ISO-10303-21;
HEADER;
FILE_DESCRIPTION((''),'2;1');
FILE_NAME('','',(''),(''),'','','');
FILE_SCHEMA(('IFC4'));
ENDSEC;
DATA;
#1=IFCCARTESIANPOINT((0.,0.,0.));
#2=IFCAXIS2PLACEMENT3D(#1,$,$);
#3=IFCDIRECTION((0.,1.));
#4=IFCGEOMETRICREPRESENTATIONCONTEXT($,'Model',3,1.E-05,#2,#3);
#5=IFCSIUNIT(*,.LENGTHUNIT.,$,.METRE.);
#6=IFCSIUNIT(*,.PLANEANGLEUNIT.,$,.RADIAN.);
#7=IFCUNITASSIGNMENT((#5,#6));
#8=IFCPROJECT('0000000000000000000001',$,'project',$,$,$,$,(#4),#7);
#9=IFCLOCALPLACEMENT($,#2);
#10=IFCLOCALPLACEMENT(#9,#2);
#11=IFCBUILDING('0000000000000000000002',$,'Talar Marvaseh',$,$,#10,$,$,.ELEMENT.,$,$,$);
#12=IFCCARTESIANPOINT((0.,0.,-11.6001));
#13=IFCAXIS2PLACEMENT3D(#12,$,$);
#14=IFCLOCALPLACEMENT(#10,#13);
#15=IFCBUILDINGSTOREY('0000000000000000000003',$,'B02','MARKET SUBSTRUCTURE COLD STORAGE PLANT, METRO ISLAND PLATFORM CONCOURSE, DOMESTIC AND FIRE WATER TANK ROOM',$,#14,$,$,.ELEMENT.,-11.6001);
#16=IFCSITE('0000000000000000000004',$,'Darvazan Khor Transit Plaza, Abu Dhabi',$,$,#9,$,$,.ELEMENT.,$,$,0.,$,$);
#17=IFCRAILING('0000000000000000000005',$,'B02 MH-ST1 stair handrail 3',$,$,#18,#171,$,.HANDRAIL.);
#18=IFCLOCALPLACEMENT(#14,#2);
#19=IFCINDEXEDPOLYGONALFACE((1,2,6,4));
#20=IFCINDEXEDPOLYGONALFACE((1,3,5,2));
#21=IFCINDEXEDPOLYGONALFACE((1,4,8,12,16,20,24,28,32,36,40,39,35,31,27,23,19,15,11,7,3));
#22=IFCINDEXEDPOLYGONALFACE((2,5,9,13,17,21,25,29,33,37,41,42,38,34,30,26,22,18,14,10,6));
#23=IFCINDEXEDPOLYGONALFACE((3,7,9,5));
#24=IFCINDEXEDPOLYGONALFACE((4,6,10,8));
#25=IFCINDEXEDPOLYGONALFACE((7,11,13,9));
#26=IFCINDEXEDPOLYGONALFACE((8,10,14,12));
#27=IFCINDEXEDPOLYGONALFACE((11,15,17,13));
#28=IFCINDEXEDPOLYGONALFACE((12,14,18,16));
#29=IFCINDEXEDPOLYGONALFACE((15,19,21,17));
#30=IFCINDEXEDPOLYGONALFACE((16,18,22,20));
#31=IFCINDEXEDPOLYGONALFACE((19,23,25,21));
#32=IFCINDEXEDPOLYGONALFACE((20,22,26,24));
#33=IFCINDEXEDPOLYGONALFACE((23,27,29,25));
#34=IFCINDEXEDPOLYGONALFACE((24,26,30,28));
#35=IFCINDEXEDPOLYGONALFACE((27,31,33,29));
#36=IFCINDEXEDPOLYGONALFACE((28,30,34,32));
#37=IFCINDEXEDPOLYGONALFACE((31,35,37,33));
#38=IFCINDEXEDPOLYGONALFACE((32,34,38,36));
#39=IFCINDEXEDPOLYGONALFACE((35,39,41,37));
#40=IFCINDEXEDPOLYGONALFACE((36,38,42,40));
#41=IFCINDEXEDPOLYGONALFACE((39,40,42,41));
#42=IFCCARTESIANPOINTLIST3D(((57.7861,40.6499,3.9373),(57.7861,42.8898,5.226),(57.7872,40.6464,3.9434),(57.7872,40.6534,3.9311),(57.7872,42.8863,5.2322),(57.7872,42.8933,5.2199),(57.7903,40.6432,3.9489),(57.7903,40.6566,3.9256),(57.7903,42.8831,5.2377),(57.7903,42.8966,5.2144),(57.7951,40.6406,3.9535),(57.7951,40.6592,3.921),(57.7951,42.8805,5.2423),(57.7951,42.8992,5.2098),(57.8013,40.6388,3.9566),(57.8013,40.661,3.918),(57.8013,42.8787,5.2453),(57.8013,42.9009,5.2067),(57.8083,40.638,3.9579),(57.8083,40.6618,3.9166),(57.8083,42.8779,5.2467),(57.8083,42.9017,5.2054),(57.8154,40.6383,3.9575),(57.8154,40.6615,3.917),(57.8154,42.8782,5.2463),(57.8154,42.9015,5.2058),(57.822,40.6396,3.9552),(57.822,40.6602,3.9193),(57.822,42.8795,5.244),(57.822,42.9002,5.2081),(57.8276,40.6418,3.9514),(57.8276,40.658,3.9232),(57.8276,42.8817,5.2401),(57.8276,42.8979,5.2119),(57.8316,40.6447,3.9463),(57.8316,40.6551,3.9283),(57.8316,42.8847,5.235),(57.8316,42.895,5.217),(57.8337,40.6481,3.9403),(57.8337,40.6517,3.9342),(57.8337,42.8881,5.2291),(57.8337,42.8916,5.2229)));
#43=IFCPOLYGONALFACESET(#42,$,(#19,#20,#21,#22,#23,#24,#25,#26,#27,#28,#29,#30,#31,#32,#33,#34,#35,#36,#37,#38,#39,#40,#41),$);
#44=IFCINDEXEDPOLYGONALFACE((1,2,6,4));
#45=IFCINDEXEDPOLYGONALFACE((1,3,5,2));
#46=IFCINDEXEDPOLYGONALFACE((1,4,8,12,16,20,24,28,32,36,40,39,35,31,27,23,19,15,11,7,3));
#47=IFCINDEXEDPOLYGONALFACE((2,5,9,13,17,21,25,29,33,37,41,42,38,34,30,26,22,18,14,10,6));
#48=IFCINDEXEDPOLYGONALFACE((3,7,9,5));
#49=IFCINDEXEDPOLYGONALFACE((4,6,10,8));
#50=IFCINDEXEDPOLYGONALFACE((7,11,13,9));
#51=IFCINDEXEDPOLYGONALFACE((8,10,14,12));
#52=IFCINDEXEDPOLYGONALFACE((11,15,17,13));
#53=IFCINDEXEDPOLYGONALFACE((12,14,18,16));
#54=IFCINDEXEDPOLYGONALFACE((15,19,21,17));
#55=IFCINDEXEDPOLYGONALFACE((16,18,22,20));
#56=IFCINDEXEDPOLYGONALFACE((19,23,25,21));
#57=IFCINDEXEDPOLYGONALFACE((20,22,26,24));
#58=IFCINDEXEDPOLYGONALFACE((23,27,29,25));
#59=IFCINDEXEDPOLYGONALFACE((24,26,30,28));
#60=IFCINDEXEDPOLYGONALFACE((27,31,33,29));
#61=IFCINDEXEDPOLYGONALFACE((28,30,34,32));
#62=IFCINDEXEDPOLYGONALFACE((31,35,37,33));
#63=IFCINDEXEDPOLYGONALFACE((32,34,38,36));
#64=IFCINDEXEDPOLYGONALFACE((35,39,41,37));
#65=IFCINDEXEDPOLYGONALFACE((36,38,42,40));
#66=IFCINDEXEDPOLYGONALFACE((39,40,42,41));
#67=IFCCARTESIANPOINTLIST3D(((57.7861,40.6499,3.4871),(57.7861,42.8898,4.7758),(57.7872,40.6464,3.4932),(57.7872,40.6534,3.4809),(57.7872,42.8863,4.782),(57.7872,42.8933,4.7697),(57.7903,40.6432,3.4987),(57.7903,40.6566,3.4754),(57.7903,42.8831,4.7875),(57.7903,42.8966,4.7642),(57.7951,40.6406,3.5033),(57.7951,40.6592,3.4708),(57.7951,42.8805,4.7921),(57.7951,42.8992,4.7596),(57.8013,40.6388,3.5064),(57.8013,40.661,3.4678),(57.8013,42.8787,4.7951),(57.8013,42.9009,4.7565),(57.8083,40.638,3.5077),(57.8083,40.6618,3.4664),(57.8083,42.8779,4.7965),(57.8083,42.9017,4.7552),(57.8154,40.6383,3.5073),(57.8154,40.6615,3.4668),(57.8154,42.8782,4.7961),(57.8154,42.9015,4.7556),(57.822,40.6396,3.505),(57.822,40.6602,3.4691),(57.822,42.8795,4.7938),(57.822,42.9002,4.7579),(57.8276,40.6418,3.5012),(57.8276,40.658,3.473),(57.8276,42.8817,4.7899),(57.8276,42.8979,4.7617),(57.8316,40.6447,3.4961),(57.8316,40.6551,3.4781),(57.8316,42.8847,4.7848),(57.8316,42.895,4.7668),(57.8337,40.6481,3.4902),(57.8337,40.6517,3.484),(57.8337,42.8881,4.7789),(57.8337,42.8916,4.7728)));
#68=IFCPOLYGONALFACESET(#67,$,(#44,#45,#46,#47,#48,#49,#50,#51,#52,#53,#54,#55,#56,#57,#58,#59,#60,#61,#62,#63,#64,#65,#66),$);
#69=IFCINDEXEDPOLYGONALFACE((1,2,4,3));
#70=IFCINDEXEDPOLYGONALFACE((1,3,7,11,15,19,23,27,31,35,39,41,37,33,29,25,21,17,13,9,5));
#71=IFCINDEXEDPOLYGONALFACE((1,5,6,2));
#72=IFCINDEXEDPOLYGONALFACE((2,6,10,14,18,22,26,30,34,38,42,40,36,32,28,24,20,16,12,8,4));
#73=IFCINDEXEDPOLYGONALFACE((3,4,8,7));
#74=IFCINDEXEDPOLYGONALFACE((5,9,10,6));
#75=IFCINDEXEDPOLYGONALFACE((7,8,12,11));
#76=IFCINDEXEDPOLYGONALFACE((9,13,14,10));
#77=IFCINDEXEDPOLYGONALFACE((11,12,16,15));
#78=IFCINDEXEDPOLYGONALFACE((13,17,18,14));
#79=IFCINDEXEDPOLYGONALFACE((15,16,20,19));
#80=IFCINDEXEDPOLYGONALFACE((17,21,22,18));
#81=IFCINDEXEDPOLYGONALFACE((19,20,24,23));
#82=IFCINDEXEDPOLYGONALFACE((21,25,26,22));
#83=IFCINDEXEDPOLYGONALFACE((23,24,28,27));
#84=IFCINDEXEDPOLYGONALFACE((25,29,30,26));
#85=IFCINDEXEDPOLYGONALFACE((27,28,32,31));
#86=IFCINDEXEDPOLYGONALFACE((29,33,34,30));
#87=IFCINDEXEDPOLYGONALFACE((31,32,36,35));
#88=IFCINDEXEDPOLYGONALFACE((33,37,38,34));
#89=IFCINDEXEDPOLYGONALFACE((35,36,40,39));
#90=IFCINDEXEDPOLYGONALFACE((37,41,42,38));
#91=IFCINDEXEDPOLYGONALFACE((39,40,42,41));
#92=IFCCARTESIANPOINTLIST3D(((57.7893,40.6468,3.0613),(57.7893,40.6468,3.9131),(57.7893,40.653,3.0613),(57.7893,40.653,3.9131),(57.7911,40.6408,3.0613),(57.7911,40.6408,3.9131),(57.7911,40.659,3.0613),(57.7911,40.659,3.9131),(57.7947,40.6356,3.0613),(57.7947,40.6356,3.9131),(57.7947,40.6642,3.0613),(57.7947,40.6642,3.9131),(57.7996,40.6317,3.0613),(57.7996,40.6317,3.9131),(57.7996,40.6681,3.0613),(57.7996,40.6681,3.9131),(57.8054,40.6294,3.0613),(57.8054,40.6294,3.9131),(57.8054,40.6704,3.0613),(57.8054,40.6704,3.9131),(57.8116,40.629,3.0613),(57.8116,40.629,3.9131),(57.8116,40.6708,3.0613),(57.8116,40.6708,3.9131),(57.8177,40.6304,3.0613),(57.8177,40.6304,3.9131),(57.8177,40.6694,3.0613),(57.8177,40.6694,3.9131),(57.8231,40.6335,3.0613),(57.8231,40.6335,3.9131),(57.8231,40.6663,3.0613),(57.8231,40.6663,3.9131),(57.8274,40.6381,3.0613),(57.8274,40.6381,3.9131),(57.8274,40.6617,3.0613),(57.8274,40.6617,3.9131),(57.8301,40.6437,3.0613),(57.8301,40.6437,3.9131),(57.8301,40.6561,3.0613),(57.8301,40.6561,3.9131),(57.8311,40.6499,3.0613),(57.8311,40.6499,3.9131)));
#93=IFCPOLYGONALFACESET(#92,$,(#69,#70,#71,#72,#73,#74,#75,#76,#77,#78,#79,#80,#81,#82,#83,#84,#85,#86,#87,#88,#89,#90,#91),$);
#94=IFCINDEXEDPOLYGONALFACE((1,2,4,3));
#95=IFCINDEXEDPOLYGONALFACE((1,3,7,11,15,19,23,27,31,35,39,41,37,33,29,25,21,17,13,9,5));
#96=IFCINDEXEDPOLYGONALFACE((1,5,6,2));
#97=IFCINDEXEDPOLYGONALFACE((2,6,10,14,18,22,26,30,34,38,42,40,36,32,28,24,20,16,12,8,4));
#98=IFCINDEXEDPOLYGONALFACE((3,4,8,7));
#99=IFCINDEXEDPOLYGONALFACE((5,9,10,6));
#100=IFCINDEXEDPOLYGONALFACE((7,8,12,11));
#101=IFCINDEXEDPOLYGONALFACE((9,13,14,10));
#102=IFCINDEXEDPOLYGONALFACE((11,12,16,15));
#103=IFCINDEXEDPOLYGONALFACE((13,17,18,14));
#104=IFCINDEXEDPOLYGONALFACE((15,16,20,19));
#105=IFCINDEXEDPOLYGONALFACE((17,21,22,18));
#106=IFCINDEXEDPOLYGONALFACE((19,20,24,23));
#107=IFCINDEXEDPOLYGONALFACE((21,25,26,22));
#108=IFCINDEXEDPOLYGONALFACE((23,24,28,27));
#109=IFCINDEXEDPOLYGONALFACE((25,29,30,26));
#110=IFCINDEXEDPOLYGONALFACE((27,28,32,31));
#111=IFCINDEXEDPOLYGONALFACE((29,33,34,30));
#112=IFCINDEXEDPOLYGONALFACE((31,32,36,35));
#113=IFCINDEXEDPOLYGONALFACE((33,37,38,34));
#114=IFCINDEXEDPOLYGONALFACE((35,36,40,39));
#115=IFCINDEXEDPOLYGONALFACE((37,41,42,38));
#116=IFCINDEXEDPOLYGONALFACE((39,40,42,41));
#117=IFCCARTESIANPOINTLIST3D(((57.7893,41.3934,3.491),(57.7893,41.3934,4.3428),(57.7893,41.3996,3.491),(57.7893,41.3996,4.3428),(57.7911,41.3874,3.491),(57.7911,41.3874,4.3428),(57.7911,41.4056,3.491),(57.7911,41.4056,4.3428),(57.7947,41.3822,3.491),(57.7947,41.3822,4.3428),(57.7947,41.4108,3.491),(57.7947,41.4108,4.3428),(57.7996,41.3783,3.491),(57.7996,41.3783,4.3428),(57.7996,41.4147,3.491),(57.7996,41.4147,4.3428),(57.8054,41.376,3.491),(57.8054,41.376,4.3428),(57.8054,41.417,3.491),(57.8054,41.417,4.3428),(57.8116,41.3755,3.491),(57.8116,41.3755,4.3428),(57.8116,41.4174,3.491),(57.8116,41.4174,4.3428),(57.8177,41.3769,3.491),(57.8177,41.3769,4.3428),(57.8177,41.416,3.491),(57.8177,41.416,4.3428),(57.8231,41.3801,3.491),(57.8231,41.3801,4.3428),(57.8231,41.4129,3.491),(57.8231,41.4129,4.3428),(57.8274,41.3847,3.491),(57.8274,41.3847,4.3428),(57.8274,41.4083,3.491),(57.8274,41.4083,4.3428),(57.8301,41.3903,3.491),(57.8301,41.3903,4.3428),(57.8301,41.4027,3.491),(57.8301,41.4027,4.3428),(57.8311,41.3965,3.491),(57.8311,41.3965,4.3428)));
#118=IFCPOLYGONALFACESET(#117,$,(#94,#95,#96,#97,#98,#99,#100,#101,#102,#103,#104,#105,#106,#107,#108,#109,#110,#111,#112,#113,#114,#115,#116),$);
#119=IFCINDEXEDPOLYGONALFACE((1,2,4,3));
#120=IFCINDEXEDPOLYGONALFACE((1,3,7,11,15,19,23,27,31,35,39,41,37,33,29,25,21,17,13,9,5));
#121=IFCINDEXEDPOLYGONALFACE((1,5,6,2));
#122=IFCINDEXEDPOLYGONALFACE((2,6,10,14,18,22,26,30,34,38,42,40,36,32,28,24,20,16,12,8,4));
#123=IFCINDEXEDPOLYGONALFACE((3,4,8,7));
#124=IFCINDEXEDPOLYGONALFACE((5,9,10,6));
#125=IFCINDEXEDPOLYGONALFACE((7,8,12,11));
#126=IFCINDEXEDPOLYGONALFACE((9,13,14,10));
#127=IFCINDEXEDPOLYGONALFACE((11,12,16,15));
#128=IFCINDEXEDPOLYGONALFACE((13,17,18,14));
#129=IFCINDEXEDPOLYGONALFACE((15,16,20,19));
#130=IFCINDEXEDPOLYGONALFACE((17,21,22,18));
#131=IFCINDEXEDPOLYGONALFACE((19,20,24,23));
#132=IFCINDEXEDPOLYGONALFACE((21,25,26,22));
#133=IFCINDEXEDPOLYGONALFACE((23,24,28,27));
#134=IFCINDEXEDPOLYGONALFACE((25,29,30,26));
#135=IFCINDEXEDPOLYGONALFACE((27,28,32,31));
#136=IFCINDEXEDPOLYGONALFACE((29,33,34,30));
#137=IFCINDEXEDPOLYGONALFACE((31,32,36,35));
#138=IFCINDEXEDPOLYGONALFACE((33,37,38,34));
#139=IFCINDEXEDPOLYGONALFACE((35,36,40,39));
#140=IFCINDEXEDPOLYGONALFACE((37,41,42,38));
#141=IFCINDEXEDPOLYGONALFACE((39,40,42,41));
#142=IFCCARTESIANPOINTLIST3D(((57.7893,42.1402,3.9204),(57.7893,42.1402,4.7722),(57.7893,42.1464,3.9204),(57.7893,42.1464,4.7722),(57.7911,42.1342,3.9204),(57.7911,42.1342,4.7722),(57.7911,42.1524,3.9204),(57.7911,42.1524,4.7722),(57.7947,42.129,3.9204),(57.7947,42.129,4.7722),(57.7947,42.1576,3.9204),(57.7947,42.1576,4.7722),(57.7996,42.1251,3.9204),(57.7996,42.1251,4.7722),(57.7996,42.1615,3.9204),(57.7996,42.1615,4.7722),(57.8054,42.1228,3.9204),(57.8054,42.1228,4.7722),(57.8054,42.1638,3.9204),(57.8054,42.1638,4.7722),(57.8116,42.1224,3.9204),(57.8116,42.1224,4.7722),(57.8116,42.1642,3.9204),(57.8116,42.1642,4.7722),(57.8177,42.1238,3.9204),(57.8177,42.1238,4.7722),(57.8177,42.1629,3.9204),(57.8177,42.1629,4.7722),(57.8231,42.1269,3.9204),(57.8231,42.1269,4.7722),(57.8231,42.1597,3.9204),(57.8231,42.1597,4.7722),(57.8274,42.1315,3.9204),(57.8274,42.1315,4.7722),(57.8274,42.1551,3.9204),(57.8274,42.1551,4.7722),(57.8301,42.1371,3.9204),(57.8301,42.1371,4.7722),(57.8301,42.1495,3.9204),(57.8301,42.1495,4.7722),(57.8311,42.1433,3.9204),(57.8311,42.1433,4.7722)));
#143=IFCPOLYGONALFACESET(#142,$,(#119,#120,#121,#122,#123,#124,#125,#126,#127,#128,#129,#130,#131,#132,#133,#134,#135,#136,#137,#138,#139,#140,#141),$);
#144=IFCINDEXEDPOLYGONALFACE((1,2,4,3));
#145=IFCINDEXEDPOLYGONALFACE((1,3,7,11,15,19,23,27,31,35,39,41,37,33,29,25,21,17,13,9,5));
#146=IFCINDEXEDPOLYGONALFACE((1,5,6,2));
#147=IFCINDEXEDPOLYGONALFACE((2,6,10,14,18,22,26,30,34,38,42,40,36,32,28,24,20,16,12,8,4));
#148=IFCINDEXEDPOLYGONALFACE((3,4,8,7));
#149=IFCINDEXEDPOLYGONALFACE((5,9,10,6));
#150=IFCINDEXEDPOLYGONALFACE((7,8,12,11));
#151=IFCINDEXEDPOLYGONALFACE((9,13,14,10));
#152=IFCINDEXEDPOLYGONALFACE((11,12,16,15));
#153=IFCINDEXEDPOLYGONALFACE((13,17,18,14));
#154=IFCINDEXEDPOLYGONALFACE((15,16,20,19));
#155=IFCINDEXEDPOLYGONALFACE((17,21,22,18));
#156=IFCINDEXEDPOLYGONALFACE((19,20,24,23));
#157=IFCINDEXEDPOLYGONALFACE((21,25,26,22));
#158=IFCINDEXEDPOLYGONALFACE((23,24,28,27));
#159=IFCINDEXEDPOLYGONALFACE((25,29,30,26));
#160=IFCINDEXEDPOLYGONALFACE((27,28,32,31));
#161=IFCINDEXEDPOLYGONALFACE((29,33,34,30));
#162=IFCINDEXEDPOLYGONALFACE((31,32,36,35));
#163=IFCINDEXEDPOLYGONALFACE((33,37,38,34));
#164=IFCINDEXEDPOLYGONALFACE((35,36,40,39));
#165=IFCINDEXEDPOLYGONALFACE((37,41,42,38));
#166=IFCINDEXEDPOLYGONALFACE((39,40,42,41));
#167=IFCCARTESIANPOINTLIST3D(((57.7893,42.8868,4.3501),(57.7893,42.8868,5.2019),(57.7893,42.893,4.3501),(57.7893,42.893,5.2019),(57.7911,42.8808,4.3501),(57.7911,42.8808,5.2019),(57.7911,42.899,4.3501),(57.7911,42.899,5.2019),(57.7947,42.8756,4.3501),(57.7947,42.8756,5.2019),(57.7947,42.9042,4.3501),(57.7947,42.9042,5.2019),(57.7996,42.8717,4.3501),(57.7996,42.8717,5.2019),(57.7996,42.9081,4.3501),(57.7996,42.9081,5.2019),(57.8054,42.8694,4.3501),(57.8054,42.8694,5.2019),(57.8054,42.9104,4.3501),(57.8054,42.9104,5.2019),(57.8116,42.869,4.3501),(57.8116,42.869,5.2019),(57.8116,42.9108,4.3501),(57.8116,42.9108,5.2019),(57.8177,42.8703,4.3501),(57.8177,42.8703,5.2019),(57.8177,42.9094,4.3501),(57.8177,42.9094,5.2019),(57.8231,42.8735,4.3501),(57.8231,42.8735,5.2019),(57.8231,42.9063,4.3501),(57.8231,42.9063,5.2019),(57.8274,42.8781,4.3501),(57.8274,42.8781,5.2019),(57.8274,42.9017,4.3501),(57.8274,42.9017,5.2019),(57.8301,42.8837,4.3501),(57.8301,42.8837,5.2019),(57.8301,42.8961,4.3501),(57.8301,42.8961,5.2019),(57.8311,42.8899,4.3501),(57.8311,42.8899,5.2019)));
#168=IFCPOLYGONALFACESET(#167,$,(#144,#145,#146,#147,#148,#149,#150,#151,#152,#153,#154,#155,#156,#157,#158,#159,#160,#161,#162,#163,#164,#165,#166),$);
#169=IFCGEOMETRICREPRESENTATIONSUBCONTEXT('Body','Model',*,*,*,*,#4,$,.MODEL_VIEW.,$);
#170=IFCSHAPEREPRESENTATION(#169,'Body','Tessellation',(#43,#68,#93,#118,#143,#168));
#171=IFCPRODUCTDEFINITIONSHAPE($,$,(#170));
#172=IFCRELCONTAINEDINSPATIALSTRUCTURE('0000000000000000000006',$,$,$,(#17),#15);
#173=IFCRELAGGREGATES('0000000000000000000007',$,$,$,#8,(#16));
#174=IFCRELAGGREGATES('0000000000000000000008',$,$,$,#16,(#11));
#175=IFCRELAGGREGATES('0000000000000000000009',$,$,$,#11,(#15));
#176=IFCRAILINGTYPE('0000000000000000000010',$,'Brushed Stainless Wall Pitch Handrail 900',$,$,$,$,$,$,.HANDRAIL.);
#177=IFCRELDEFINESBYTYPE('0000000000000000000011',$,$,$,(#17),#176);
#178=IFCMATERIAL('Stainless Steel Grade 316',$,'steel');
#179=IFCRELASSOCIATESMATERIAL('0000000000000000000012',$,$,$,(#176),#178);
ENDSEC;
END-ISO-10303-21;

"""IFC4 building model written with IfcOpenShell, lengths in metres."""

from ifc_helpers import new_model, si_unit, direction, frame, origin, origin_2d, place, context, subcontext, project, spatial, circle, extrude, material, type_object, element, save


model = new_model("IFC4")

# Units and contexts
model_context = context("Model", 3, precision=1e-05, world=origin(), true_north=direction((0.0, 1.0)))
body_context = subcontext(model_context, "Body", "Model", "MODEL_VIEW")
ifc_project = project(units=[si_unit("LENGTHUNIT", "METRE"), si_unit("PLANEANGLEUNIT", "RADIAN")], contexts=[model_context])

# Site, building, storey
site_placement = place(None, origin())
site = spatial("IfcSite", under=ifc_project, at=site_placement, Name="Darvazan Khor Transit Plaza, Abu Dhabi", CompositionType="ELEMENT", RefElevation=0.0)
building_placement = place(site_placement, origin())
building = spatial("IfcBuilding", under=site, at=building_placement, Name="Talar Marvaseh", CompositionType="ELEMENT")
storey_placement = place(building_placement, frame((0.0, 0.0, -11.6001)))
storey = spatial("IfcBuildingStorey", under=building, at=storey_placement, Name="B02", Description="MARKET SUBSTRUCTURE COLD STORAGE PLANT, METRO ISLAND PLATFORM CONCOURSE, DOMESTIC AND FIRE WATER TANK ROOM", CompositionType="ELEMENT", Elevation=-11.6001)

# Railing
ifc_material_1 = material(Name="Stainless Steel Grade 316", Category="steel")
railing_type_1 = type_object("IfcRailingType", Name="Brushed Stainless Wall Pitch Handrail 900", PredefinedType="HANDRAIL", material=ifc_material_1)
railing_1_placement = place(storey_placement, frame((57.8101, 40.6499, 3.0613)))
element("IfcRailing", 1, at=railing_1_placement, inside=storey, type_object=railing_type_1, Name="B02 MH-ST1 stair handrail 3", PredefinedType="HANDRAIL", context=body_context, shape_type="SweptSolid", body=[
    extrude(circle(Radius=0.0239, at=origin_2d()), frame((0.0, 0.0, 0.876), z_axis=(0.0, 0.866768, 0.498711), x_axis=(-1.0, 0.0, 0.0)), (0.0, 0.0, 1.0), 2.5842),
    extrude(circle(Radius=0.0239, at=origin_2d()), frame((0.0, 0.0, 0.4258), z_axis=(0.0, 0.866768, 0.498711), x_axis=(-1.0, 0.0, 0.0)), (0.0, 0.0, 1.0), 2.5842),
    extrude(circle(Radius=0.021, at=origin_2d()), origin(), (0.0, 0.0, 1.0), 0.8518),
    extrude(circle(Radius=0.021, at=origin_2d()), frame((0.0, 0.7466, 0.4297)), (0.0, 0.0, 1.0), 0.8518),
    extrude(circle(Radius=0.021, at=origin_2d()), frame((0.0, 1.4934, 0.8591)), (0.0, 0.0, 1.0), 0.8518),
    extrude(circle(Radius=0.021, at=origin_2d()), frame((0.0, 2.24, 1.2888)), (0.0, 0.0, 1.0), 0.8518),
])

save(model, "model.ifc")
